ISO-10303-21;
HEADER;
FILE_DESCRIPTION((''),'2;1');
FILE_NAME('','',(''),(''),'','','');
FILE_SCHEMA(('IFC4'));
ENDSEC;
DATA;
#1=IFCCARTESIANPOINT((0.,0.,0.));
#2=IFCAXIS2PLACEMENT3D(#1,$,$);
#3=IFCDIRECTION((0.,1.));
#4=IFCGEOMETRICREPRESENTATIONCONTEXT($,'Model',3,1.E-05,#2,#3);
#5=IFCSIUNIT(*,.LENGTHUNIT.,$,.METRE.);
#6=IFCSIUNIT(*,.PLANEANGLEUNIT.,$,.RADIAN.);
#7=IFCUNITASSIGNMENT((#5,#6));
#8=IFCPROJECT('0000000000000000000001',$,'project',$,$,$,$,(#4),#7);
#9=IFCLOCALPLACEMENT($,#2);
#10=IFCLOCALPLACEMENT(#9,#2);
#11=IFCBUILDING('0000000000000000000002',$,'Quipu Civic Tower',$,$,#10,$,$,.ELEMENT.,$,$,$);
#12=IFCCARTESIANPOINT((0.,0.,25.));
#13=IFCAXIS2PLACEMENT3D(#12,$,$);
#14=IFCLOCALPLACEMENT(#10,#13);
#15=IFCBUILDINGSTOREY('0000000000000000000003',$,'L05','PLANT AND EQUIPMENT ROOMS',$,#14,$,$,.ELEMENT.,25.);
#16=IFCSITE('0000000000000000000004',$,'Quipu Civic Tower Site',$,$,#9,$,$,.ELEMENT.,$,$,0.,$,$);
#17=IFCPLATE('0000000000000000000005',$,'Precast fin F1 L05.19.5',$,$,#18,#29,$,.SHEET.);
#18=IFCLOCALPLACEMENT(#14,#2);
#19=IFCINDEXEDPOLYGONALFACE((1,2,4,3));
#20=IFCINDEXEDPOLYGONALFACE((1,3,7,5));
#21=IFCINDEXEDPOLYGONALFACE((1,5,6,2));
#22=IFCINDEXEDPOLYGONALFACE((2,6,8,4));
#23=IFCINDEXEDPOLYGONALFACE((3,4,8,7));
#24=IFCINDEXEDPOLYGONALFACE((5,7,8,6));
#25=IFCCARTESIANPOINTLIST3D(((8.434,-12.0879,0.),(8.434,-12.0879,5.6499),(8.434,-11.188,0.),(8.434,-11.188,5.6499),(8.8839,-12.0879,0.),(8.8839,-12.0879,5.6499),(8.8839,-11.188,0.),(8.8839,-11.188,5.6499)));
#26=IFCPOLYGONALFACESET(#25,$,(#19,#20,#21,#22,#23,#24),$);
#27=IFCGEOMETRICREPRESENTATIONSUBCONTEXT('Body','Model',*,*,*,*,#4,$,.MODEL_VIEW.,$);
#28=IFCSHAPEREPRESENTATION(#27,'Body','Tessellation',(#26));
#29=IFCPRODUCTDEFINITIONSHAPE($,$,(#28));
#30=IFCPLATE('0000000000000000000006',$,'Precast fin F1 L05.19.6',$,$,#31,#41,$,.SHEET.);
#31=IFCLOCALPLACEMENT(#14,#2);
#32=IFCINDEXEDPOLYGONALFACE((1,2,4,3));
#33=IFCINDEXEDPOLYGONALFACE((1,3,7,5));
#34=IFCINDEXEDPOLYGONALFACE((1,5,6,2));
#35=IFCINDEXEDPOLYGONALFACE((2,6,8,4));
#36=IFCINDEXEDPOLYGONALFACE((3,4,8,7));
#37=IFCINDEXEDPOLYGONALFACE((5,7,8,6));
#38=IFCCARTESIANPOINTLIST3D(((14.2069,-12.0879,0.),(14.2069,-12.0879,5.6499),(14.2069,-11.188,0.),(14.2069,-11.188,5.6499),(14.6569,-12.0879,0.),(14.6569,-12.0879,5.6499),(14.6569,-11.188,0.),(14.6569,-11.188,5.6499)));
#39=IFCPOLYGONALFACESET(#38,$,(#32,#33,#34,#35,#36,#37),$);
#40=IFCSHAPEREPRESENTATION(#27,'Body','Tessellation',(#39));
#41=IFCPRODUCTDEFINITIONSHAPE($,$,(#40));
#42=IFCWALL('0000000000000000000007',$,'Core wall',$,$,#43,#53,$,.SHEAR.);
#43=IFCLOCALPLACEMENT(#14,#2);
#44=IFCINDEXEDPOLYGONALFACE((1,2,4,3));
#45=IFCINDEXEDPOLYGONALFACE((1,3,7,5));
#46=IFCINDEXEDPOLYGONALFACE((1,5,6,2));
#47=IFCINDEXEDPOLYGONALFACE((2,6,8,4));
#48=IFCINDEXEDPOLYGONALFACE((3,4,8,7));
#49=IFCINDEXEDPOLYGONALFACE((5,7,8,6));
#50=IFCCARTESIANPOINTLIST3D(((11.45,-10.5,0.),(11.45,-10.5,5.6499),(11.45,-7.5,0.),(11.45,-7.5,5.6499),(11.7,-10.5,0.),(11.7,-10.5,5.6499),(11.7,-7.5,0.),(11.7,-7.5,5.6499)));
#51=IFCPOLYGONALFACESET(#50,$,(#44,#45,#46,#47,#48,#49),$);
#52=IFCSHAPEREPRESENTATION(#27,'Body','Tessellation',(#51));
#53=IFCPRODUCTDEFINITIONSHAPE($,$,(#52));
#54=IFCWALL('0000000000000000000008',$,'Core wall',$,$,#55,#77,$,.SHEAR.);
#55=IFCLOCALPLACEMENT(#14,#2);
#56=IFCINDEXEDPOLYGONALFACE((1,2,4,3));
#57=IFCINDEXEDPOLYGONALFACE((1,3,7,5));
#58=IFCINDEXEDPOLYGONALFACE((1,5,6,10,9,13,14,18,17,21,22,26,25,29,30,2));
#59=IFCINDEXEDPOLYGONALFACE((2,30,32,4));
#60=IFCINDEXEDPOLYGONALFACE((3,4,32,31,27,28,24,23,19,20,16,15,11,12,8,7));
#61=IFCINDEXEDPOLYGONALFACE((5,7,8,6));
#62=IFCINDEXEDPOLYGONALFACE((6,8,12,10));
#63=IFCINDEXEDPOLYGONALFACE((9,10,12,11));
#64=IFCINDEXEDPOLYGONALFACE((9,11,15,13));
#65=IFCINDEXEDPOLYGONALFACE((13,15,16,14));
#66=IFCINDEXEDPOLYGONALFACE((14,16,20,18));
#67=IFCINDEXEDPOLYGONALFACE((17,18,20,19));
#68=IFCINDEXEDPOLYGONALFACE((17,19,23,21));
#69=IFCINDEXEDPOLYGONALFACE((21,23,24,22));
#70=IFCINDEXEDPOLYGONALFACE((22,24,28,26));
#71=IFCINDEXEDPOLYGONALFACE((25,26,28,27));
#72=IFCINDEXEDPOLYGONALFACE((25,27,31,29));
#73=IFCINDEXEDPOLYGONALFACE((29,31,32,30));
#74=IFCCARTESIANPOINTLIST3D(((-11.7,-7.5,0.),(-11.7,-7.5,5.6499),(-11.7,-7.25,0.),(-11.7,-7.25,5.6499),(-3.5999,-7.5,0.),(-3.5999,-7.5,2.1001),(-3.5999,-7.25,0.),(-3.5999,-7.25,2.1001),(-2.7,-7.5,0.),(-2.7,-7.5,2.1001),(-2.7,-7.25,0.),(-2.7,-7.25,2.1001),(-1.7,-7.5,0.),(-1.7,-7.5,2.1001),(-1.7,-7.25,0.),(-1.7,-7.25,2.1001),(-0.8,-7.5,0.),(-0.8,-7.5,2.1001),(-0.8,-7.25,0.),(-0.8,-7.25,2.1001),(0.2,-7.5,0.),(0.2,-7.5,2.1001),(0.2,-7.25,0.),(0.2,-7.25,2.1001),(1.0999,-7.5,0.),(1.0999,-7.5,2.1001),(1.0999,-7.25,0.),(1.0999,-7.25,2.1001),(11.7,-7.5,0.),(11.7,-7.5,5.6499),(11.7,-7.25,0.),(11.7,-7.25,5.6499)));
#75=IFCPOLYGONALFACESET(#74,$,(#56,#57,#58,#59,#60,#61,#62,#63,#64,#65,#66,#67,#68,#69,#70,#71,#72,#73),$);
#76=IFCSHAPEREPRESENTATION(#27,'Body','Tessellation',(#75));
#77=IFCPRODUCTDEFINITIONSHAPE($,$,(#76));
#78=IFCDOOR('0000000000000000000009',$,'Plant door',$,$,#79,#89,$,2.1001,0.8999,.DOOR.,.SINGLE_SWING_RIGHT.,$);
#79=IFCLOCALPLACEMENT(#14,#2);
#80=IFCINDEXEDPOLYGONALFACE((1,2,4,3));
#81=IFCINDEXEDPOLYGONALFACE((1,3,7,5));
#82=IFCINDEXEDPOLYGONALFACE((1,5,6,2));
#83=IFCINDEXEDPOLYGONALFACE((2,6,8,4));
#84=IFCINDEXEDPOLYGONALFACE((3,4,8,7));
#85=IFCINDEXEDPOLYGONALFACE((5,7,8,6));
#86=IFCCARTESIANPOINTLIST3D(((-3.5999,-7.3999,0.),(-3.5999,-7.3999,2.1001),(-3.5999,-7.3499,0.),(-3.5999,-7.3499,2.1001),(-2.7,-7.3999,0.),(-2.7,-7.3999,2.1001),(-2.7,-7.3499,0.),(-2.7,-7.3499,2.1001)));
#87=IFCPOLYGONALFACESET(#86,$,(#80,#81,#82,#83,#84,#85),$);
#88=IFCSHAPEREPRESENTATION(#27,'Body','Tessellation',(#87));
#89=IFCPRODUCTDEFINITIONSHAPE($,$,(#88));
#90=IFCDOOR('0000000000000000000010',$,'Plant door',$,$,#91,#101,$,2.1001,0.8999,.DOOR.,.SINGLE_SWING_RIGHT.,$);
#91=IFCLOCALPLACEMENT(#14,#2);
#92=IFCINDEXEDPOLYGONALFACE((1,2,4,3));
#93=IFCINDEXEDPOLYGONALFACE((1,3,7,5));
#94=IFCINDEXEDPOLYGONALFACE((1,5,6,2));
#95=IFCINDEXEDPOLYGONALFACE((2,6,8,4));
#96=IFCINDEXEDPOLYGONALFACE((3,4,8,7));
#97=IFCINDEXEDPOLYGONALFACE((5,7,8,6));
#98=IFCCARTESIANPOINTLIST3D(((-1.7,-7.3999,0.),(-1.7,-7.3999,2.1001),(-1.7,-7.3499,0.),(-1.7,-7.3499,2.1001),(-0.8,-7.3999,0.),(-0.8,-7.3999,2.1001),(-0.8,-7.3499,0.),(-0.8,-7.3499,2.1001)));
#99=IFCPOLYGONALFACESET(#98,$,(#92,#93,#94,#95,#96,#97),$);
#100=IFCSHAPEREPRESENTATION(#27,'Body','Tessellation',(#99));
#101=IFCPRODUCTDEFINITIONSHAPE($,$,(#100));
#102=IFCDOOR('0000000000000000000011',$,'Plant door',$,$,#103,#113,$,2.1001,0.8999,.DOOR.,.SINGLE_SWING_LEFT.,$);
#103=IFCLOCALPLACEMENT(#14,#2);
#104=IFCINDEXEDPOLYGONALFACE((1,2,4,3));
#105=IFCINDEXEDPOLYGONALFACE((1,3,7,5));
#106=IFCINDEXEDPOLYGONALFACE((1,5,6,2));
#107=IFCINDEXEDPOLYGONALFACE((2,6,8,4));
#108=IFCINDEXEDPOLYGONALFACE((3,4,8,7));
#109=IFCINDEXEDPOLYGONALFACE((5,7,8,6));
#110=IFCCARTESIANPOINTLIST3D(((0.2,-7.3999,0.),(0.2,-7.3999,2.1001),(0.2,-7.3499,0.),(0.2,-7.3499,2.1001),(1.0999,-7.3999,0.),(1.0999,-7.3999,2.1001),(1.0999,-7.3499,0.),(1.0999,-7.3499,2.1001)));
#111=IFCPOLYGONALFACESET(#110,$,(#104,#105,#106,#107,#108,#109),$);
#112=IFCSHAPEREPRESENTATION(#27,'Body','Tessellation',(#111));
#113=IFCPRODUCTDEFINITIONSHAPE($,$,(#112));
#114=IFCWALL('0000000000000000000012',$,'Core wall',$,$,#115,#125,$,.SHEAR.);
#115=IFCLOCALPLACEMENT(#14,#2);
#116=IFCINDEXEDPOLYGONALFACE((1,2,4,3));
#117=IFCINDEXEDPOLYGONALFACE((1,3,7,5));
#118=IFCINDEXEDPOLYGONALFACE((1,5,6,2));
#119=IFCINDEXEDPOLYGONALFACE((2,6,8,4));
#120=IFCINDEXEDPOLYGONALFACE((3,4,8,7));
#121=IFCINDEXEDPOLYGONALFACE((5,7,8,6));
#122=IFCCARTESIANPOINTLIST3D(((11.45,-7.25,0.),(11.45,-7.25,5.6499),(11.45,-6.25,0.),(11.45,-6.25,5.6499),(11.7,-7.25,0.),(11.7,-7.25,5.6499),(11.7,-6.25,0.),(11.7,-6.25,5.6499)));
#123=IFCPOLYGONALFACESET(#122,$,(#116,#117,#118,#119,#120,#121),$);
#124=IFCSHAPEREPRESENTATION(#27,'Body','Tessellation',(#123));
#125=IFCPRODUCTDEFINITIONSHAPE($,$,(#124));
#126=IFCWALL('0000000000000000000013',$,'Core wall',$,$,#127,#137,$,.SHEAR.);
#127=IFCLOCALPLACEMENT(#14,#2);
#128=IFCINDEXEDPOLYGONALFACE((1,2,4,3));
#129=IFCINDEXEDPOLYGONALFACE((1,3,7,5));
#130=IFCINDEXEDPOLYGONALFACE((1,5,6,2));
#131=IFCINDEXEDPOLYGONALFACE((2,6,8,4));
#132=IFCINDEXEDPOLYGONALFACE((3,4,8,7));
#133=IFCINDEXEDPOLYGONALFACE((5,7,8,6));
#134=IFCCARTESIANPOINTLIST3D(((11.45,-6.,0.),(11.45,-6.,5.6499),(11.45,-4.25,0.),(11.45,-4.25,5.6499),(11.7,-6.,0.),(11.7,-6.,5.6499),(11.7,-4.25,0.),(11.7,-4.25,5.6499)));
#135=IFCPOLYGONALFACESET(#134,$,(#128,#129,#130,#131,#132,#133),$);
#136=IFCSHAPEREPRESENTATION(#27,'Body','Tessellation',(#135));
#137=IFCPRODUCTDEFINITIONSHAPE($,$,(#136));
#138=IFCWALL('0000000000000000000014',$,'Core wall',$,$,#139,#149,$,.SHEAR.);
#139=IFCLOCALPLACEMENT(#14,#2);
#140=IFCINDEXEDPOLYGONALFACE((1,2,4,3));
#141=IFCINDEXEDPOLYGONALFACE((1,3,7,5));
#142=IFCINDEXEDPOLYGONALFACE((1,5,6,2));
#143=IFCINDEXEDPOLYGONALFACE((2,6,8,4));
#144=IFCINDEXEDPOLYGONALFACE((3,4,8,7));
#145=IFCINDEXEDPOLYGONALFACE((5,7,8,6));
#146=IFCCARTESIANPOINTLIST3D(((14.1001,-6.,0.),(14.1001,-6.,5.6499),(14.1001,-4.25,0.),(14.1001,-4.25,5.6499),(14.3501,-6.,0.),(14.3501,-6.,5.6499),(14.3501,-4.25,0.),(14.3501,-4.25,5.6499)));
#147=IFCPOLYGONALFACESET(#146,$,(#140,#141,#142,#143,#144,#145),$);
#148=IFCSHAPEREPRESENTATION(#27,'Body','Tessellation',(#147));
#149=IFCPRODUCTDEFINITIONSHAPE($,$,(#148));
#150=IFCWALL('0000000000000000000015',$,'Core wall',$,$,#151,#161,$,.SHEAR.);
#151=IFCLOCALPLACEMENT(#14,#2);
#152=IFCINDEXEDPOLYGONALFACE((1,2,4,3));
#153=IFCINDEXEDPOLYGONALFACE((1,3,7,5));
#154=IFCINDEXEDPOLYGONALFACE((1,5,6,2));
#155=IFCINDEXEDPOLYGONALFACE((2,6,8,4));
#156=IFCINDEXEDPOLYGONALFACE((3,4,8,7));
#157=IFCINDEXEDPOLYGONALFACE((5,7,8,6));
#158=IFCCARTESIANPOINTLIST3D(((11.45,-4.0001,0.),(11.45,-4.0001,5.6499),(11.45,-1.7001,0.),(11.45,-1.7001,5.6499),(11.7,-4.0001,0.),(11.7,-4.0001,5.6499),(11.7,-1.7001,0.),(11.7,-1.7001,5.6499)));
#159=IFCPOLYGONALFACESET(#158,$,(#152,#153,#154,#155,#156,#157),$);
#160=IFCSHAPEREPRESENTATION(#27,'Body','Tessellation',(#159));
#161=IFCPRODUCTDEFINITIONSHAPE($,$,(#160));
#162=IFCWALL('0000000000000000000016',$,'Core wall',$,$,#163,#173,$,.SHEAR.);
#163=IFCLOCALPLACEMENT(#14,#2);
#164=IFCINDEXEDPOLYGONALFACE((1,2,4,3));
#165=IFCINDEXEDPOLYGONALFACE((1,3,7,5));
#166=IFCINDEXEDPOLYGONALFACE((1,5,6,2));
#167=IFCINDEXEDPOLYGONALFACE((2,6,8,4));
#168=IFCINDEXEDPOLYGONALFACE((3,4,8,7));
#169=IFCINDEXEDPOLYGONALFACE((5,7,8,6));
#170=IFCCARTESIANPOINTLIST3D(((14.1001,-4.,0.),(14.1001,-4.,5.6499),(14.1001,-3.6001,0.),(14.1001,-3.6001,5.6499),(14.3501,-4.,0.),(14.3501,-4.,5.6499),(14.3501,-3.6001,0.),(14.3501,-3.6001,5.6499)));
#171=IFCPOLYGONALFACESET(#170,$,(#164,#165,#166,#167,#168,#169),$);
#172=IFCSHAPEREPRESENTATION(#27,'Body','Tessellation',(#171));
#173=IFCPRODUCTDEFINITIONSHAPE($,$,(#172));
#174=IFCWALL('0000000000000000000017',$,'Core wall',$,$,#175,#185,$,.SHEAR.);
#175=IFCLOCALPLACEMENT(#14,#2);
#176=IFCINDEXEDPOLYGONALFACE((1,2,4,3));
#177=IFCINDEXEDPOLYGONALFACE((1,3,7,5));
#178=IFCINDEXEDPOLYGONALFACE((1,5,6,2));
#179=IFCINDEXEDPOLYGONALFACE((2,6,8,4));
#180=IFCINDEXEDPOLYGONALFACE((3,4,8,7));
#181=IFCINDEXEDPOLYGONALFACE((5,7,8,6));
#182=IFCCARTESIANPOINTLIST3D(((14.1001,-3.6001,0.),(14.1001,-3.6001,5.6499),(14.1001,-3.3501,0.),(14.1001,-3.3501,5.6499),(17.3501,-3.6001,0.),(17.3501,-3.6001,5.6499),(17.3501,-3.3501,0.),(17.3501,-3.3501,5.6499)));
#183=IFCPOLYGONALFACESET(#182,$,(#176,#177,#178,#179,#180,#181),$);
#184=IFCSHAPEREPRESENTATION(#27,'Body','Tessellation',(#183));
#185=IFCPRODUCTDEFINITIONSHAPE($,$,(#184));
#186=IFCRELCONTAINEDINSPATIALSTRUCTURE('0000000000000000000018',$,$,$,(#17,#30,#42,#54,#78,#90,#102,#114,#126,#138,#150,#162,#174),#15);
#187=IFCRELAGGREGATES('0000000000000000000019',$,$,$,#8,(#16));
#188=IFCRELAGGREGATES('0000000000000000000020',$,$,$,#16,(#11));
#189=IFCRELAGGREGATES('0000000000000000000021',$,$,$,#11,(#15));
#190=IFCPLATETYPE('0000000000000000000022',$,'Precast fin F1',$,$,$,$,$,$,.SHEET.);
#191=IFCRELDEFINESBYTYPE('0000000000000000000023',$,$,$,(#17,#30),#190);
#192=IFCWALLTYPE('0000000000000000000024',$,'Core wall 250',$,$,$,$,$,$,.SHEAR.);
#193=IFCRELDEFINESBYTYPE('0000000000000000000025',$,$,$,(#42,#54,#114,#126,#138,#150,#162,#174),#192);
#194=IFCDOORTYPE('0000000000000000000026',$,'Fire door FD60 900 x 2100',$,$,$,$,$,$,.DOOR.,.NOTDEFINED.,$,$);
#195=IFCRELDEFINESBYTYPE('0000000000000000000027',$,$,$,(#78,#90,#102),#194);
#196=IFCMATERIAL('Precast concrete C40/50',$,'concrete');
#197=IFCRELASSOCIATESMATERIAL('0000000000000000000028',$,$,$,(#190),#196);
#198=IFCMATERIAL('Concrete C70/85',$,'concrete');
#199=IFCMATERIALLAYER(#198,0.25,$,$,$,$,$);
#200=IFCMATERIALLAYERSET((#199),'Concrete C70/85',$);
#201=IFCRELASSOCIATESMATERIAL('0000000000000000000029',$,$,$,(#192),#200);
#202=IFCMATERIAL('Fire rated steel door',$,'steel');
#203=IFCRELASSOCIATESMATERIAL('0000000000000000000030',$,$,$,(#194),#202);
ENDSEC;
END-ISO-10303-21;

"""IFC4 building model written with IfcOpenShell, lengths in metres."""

from ifc_helpers import new_model, si_unit, direction, frame, frame_2d, origin, origin_2d, place, context, subcontext, project, spatial, rectangle, extrude, material, layer, layer_set, type_object, element, fill, save


model = new_model("IFC4")

# Units and contexts
model_context = context("Model", 3, precision=1e-05, world=origin(), true_north=direction((0.0, 1.0)))
body_context = subcontext(model_context, "Body", "Model", "MODEL_VIEW")
ifc_project = project(units=[si_unit("LENGTHUNIT", "METRE"), si_unit("PLANEANGLEUNIT", "RADIAN")], contexts=[model_context])

# Site, building, storey
site_placement = place(None, origin())
site = spatial("IfcSite", under=ifc_project, at=site_placement, Name="Quipu Civic Tower Site", CompositionType="ELEMENT", RefElevation=0.0)
building_placement = place(site_placement, origin())
building = spatial("IfcBuilding", under=site, at=building_placement, Name="Quipu Civic Tower", CompositionType="ELEMENT")
storey_placement = place(building_placement, frame((0.0, 0.0, 25.0)))
storey = spatial("IfcBuildingStorey", under=building, at=storey_placement, Name="L05", Description="PLANT AND EQUIPMENT ROOMS", CompositionType="ELEMENT", Elevation=25.0)

# Plates
ifc_material_1 = material(Name="Precast concrete C40/50", Category="concrete")
plate_type = type_object("IfcPlateType", Name="Precast fin F1", PredefinedType="SHEET", material=ifc_material_1)
for number, where, z_axis, x_axis, name in (
    (1, (8.6589, -11.6379, 0.0), (0.0, 0.0, 1.0), (1.0, 0.0, 0.0), "Precast fin F1 L05.19.5"),
    (2, (14.4319, -11.6379, 0.0), (0.0, 0.0, 1.0), (1.0, 0.0, 0.0), "Precast fin F1 L05.19.6"),
):
    element("IfcPlate", number, at=place(storey_placement, frame(where, z_axis=z_axis, x_axis=x_axis)), inside=storey, type_object=plate_type, Name=name, PredefinedType="SHEET", context=body_context, shape_type="SweptSolid", body=[
        extrude(rectangle(XDim=0.45, YDim=0.8999, at=origin_2d()), origin(), (0.0, 0.0, 1.0), 5.6499),
    ])

# Wall
ifc_material_2 = material(Name="Concrete C70/85", Category="concrete")
ifc_layer_1 = layer(ifc_material_2, 0.25)
ifc_layer_set_1 = layer_set([ifc_layer_1], Name="Concrete C70/85")
wall_type_1 = type_object("IfcWallType", Name="Core wall 250", PredefinedType="SHEAR", material=ifc_layer_set_1)
wall_1_placement = place(storey_placement, frame((11.575, -10.5, 0.0), z_axis=(0.0, 0.0, 1.0), x_axis=(0.0, 1.0, 0.0)))
element("IfcWall", 3, at=wall_1_placement, inside=storey, type_object=wall_type_1, Name="Core wall", PredefinedType="SHEAR", context=body_context, shape_type="SweptSolid", body=[
    extrude(rectangle(XDim=3.0, YDim=0.25, at=frame_2d((1.5, 0.0))), origin(), (0.0, 0.0, 1.0), 5.6499),
])

# Wall, openings, doors
wall_2_placement = place(storey_placement, frame((11.7, -7.375, 0.0), z_axis=(0.0, 0.0, 1.0), x_axis=(-1.0, 0.0, 0.0)))
wall_2 = element("IfcWall", 4, at=wall_2_placement, inside=storey, type_object=wall_type_1, Name="Core wall", PredefinedType="SHEAR", context=body_context, shape_type="SweptSolid", body=[
    extrude(rectangle(XDim=23.3999, YDim=0.25, at=frame_2d((11.7, 0.0))), origin(), (0.0, 0.0, 1.0), 5.6499),
])
opening_1_placement = place(wall_2_placement, frame((14.3999, 0.0, 0.0)))
opening_1 = element("IfcOpeningElement", 5, at=opening_1_placement, cuts=wall_2, PredefinedType="OPENING", context=body_context, shape_type="SweptSolid", body=[
    extrude(rectangle(XDim=0.8999, YDim=2.1001, at=frame_2d((0.45, 1.05))), frame((0.0, 0.135, 0.0), z_axis=(0.0, -1.0, 0.0), x_axis=(1.0, 0.0, 0.0)), (0.0, 0.0, 1.0), 0.27),
])
opening_2_placement = place(wall_2_placement, frame((12.5, 0.0, 0.0)))
opening_2 = element("IfcOpeningElement", 6, at=opening_2_placement, cuts=wall_2, PredefinedType="OPENING", context=body_context, shape_type="SweptSolid", body=[
    extrude(rectangle(XDim=0.8999, YDim=2.1001, at=frame_2d((0.45, 1.05))), frame((0.0, 0.135, 0.0), z_axis=(0.0, -1.0, 0.0), x_axis=(1.0, 0.0, 0.0)), (0.0, 0.0, 1.0), 0.27),
])
opening_3_placement = place(wall_2_placement, frame((10.6001, 0.0, 0.0)))
opening_3 = element("IfcOpeningElement", 7, at=opening_3_placement, cuts=wall_2, PredefinedType="OPENING", context=body_context, shape_type="SweptSolid", body=[
    extrude(rectangle(XDim=0.8999, YDim=2.1001, at=frame_2d((0.45, 1.05))), frame((0.0, 0.135, 0.0), z_axis=(0.0, -1.0, 0.0), x_axis=(1.0, 0.0, 0.0)), (0.0, 0.0, 1.0), 0.27),
])
ifc_material_3 = material(Name="Fire rated steel door", Category="steel")
door_type = type_object("IfcDoorType", Name="Fire door FD60 900 x 2100", OperationType="NOTDEFINED", PredefinedType="DOOR", material=ifc_material_3)
door_1_placement = place(opening_1_placement, origin())
door_1 = element("IfcDoor", 8, at=door_1_placement, inside=storey, type_object=door_type, Name="Plant door", OperationType="SINGLE_SWING_RIGHT", OverallHeight=2.1001, OverallWidth=0.8999, PredefinedType="DOOR", context=body_context, shape_type="SweptSolid", body=[
    extrude(rectangle(XDim=0.8999, YDim=2.1001, at=frame_2d((0.45, 1.05))), frame((0.0, 0.0249, 0.0), z_axis=(0.0, -1.0, 0.0), x_axis=(1.0, 0.0, 0.0)), (0.0, 0.0, 1.0), 0.05),
])
fill(opening_1, door_1)
door_2_placement = place(opening_2_placement, origin())
door_2 = element("IfcDoor", 9, at=door_2_placement, inside=storey, type_object=door_type, Name="Plant door", OperationType="SINGLE_SWING_RIGHT", OverallHeight=2.1001, OverallWidth=0.8999, PredefinedType="DOOR", context=body_context, shape_type="SweptSolid", body=[
    extrude(rectangle(XDim=0.8999, YDim=2.1001, at=frame_2d((0.45, 1.05))), frame((0.0, 0.0249, 0.0), z_axis=(0.0, -1.0, 0.0), x_axis=(1.0, 0.0, 0.0)), (0.0, 0.0, 1.0), 0.05),
])
fill(opening_2, door_2)
door_3_placement = place(opening_3_placement, origin())
door_3 = element("IfcDoor", 10, at=door_3_placement, inside=storey, type_object=door_type, Name="Plant door", OperationType="SINGLE_SWING_LEFT", OverallHeight=2.1001, OverallWidth=0.8999, PredefinedType="DOOR", context=body_context, shape_type="SweptSolid", body=[
    extrude(rectangle(XDim=0.8999, YDim=2.1001, at=frame_2d((0.45, 1.05))), frame((0.0, 0.0249, 0.0), z_axis=(0.0, -1.0, 0.0), x_axis=(1.0, 0.0, 0.0)), (0.0, 0.0, 1.0), 0.05),
])
fill(opening_3, door_3)

# Walls
wall_3_placement = place(storey_placement, frame((11.575, -7.25, 0.0), z_axis=(0.0, 0.0, 1.0), x_axis=(0.0, 1.0, 0.0)))
element("IfcWall", 11, at=wall_3_placement, inside=storey, type_object=wall_type_1, Name="Core wall", PredefinedType="SHEAR", context=body_context, shape_type="SweptSolid", body=[
    extrude(rectangle(XDim=1.0, YDim=0.25, at=frame_2d((0.5, 0.0))), origin(), (0.0, 0.0, 1.0), 5.6499),
])
for number, where, z_axis, x_axis, name in (
    (12, (11.575, -6.0, 0.0), (0.0, 0.0, 1.0), (0.0, 1.0, 0.0), "Core wall"),
    (13, (14.2251, -6.0, 0.0), (0.0, 0.0, 1.0), (0.0, 1.0, 0.0), "Core wall"),
):
    element("IfcWall", number, at=place(storey_placement, frame(where, z_axis=z_axis, x_axis=x_axis)), inside=storey, type_object=wall_type_1, Name=name, PredefinedType="SHEAR", context=body_context, shape_type="SweptSolid", body=[
        extrude(rectangle(XDim=1.75, YDim=0.25, at=frame_2d((0.875, 0.0))), origin(), (0.0, 0.0, 1.0), 5.6499),
    ])
wall_4_placement = place(storey_placement, frame((11.575, -4.0, 0.0), z_axis=(0.0, 0.0, 1.0), x_axis=(0.0, 1.0, 0.0)))
element("IfcWall", 14, at=wall_4_placement, inside=storey, type_object=wall_type_1, Name="Core wall", PredefinedType="SHEAR", context=body_context, shape_type="SweptSolid", body=[
    extrude(rectangle(XDim=2.3, YDim=0.25, at=frame_2d((1.1499, 0.0))), origin(), (0.0, 0.0, 1.0), 5.6499),
])
wall_5_placement = place(storey_placement, frame((14.2251, -4.0, 0.0), z_axis=(0.0, 0.0, 1.0), x_axis=(0.0, 1.0, 0.0)))
element("IfcWall", 15, at=wall_5_placement, inside=storey, type_object=wall_type_1, Name="Core wall", PredefinedType="SHEAR", context=body_context, shape_type="SweptSolid", body=[
    extrude(rectangle(XDim=0.3999, YDim=0.25, at=frame_2d((0.2, 0.0))), origin(), (0.0, 0.0, 1.0), 5.6499),
])
wall_6_placement = place(storey_placement, frame((14.1001, -3.4751, 0.0), z_axis=(0.0, 0.0, 1.0), x_axis=(1.0, 0.0, 0.0)))
element("IfcWall", 16, at=wall_6_placement, inside=storey, type_object=wall_type_1, Name="Core wall", PredefinedType="SHEAR", context=body_context, shape_type="SweptSolid", body=[
    extrude(rectangle(XDim=3.25, YDim=0.25, at=frame_2d((1.625, 0.0))), origin(), (0.0, 0.0, 1.0), 5.6499),
])

save(model, "model.ifc")
